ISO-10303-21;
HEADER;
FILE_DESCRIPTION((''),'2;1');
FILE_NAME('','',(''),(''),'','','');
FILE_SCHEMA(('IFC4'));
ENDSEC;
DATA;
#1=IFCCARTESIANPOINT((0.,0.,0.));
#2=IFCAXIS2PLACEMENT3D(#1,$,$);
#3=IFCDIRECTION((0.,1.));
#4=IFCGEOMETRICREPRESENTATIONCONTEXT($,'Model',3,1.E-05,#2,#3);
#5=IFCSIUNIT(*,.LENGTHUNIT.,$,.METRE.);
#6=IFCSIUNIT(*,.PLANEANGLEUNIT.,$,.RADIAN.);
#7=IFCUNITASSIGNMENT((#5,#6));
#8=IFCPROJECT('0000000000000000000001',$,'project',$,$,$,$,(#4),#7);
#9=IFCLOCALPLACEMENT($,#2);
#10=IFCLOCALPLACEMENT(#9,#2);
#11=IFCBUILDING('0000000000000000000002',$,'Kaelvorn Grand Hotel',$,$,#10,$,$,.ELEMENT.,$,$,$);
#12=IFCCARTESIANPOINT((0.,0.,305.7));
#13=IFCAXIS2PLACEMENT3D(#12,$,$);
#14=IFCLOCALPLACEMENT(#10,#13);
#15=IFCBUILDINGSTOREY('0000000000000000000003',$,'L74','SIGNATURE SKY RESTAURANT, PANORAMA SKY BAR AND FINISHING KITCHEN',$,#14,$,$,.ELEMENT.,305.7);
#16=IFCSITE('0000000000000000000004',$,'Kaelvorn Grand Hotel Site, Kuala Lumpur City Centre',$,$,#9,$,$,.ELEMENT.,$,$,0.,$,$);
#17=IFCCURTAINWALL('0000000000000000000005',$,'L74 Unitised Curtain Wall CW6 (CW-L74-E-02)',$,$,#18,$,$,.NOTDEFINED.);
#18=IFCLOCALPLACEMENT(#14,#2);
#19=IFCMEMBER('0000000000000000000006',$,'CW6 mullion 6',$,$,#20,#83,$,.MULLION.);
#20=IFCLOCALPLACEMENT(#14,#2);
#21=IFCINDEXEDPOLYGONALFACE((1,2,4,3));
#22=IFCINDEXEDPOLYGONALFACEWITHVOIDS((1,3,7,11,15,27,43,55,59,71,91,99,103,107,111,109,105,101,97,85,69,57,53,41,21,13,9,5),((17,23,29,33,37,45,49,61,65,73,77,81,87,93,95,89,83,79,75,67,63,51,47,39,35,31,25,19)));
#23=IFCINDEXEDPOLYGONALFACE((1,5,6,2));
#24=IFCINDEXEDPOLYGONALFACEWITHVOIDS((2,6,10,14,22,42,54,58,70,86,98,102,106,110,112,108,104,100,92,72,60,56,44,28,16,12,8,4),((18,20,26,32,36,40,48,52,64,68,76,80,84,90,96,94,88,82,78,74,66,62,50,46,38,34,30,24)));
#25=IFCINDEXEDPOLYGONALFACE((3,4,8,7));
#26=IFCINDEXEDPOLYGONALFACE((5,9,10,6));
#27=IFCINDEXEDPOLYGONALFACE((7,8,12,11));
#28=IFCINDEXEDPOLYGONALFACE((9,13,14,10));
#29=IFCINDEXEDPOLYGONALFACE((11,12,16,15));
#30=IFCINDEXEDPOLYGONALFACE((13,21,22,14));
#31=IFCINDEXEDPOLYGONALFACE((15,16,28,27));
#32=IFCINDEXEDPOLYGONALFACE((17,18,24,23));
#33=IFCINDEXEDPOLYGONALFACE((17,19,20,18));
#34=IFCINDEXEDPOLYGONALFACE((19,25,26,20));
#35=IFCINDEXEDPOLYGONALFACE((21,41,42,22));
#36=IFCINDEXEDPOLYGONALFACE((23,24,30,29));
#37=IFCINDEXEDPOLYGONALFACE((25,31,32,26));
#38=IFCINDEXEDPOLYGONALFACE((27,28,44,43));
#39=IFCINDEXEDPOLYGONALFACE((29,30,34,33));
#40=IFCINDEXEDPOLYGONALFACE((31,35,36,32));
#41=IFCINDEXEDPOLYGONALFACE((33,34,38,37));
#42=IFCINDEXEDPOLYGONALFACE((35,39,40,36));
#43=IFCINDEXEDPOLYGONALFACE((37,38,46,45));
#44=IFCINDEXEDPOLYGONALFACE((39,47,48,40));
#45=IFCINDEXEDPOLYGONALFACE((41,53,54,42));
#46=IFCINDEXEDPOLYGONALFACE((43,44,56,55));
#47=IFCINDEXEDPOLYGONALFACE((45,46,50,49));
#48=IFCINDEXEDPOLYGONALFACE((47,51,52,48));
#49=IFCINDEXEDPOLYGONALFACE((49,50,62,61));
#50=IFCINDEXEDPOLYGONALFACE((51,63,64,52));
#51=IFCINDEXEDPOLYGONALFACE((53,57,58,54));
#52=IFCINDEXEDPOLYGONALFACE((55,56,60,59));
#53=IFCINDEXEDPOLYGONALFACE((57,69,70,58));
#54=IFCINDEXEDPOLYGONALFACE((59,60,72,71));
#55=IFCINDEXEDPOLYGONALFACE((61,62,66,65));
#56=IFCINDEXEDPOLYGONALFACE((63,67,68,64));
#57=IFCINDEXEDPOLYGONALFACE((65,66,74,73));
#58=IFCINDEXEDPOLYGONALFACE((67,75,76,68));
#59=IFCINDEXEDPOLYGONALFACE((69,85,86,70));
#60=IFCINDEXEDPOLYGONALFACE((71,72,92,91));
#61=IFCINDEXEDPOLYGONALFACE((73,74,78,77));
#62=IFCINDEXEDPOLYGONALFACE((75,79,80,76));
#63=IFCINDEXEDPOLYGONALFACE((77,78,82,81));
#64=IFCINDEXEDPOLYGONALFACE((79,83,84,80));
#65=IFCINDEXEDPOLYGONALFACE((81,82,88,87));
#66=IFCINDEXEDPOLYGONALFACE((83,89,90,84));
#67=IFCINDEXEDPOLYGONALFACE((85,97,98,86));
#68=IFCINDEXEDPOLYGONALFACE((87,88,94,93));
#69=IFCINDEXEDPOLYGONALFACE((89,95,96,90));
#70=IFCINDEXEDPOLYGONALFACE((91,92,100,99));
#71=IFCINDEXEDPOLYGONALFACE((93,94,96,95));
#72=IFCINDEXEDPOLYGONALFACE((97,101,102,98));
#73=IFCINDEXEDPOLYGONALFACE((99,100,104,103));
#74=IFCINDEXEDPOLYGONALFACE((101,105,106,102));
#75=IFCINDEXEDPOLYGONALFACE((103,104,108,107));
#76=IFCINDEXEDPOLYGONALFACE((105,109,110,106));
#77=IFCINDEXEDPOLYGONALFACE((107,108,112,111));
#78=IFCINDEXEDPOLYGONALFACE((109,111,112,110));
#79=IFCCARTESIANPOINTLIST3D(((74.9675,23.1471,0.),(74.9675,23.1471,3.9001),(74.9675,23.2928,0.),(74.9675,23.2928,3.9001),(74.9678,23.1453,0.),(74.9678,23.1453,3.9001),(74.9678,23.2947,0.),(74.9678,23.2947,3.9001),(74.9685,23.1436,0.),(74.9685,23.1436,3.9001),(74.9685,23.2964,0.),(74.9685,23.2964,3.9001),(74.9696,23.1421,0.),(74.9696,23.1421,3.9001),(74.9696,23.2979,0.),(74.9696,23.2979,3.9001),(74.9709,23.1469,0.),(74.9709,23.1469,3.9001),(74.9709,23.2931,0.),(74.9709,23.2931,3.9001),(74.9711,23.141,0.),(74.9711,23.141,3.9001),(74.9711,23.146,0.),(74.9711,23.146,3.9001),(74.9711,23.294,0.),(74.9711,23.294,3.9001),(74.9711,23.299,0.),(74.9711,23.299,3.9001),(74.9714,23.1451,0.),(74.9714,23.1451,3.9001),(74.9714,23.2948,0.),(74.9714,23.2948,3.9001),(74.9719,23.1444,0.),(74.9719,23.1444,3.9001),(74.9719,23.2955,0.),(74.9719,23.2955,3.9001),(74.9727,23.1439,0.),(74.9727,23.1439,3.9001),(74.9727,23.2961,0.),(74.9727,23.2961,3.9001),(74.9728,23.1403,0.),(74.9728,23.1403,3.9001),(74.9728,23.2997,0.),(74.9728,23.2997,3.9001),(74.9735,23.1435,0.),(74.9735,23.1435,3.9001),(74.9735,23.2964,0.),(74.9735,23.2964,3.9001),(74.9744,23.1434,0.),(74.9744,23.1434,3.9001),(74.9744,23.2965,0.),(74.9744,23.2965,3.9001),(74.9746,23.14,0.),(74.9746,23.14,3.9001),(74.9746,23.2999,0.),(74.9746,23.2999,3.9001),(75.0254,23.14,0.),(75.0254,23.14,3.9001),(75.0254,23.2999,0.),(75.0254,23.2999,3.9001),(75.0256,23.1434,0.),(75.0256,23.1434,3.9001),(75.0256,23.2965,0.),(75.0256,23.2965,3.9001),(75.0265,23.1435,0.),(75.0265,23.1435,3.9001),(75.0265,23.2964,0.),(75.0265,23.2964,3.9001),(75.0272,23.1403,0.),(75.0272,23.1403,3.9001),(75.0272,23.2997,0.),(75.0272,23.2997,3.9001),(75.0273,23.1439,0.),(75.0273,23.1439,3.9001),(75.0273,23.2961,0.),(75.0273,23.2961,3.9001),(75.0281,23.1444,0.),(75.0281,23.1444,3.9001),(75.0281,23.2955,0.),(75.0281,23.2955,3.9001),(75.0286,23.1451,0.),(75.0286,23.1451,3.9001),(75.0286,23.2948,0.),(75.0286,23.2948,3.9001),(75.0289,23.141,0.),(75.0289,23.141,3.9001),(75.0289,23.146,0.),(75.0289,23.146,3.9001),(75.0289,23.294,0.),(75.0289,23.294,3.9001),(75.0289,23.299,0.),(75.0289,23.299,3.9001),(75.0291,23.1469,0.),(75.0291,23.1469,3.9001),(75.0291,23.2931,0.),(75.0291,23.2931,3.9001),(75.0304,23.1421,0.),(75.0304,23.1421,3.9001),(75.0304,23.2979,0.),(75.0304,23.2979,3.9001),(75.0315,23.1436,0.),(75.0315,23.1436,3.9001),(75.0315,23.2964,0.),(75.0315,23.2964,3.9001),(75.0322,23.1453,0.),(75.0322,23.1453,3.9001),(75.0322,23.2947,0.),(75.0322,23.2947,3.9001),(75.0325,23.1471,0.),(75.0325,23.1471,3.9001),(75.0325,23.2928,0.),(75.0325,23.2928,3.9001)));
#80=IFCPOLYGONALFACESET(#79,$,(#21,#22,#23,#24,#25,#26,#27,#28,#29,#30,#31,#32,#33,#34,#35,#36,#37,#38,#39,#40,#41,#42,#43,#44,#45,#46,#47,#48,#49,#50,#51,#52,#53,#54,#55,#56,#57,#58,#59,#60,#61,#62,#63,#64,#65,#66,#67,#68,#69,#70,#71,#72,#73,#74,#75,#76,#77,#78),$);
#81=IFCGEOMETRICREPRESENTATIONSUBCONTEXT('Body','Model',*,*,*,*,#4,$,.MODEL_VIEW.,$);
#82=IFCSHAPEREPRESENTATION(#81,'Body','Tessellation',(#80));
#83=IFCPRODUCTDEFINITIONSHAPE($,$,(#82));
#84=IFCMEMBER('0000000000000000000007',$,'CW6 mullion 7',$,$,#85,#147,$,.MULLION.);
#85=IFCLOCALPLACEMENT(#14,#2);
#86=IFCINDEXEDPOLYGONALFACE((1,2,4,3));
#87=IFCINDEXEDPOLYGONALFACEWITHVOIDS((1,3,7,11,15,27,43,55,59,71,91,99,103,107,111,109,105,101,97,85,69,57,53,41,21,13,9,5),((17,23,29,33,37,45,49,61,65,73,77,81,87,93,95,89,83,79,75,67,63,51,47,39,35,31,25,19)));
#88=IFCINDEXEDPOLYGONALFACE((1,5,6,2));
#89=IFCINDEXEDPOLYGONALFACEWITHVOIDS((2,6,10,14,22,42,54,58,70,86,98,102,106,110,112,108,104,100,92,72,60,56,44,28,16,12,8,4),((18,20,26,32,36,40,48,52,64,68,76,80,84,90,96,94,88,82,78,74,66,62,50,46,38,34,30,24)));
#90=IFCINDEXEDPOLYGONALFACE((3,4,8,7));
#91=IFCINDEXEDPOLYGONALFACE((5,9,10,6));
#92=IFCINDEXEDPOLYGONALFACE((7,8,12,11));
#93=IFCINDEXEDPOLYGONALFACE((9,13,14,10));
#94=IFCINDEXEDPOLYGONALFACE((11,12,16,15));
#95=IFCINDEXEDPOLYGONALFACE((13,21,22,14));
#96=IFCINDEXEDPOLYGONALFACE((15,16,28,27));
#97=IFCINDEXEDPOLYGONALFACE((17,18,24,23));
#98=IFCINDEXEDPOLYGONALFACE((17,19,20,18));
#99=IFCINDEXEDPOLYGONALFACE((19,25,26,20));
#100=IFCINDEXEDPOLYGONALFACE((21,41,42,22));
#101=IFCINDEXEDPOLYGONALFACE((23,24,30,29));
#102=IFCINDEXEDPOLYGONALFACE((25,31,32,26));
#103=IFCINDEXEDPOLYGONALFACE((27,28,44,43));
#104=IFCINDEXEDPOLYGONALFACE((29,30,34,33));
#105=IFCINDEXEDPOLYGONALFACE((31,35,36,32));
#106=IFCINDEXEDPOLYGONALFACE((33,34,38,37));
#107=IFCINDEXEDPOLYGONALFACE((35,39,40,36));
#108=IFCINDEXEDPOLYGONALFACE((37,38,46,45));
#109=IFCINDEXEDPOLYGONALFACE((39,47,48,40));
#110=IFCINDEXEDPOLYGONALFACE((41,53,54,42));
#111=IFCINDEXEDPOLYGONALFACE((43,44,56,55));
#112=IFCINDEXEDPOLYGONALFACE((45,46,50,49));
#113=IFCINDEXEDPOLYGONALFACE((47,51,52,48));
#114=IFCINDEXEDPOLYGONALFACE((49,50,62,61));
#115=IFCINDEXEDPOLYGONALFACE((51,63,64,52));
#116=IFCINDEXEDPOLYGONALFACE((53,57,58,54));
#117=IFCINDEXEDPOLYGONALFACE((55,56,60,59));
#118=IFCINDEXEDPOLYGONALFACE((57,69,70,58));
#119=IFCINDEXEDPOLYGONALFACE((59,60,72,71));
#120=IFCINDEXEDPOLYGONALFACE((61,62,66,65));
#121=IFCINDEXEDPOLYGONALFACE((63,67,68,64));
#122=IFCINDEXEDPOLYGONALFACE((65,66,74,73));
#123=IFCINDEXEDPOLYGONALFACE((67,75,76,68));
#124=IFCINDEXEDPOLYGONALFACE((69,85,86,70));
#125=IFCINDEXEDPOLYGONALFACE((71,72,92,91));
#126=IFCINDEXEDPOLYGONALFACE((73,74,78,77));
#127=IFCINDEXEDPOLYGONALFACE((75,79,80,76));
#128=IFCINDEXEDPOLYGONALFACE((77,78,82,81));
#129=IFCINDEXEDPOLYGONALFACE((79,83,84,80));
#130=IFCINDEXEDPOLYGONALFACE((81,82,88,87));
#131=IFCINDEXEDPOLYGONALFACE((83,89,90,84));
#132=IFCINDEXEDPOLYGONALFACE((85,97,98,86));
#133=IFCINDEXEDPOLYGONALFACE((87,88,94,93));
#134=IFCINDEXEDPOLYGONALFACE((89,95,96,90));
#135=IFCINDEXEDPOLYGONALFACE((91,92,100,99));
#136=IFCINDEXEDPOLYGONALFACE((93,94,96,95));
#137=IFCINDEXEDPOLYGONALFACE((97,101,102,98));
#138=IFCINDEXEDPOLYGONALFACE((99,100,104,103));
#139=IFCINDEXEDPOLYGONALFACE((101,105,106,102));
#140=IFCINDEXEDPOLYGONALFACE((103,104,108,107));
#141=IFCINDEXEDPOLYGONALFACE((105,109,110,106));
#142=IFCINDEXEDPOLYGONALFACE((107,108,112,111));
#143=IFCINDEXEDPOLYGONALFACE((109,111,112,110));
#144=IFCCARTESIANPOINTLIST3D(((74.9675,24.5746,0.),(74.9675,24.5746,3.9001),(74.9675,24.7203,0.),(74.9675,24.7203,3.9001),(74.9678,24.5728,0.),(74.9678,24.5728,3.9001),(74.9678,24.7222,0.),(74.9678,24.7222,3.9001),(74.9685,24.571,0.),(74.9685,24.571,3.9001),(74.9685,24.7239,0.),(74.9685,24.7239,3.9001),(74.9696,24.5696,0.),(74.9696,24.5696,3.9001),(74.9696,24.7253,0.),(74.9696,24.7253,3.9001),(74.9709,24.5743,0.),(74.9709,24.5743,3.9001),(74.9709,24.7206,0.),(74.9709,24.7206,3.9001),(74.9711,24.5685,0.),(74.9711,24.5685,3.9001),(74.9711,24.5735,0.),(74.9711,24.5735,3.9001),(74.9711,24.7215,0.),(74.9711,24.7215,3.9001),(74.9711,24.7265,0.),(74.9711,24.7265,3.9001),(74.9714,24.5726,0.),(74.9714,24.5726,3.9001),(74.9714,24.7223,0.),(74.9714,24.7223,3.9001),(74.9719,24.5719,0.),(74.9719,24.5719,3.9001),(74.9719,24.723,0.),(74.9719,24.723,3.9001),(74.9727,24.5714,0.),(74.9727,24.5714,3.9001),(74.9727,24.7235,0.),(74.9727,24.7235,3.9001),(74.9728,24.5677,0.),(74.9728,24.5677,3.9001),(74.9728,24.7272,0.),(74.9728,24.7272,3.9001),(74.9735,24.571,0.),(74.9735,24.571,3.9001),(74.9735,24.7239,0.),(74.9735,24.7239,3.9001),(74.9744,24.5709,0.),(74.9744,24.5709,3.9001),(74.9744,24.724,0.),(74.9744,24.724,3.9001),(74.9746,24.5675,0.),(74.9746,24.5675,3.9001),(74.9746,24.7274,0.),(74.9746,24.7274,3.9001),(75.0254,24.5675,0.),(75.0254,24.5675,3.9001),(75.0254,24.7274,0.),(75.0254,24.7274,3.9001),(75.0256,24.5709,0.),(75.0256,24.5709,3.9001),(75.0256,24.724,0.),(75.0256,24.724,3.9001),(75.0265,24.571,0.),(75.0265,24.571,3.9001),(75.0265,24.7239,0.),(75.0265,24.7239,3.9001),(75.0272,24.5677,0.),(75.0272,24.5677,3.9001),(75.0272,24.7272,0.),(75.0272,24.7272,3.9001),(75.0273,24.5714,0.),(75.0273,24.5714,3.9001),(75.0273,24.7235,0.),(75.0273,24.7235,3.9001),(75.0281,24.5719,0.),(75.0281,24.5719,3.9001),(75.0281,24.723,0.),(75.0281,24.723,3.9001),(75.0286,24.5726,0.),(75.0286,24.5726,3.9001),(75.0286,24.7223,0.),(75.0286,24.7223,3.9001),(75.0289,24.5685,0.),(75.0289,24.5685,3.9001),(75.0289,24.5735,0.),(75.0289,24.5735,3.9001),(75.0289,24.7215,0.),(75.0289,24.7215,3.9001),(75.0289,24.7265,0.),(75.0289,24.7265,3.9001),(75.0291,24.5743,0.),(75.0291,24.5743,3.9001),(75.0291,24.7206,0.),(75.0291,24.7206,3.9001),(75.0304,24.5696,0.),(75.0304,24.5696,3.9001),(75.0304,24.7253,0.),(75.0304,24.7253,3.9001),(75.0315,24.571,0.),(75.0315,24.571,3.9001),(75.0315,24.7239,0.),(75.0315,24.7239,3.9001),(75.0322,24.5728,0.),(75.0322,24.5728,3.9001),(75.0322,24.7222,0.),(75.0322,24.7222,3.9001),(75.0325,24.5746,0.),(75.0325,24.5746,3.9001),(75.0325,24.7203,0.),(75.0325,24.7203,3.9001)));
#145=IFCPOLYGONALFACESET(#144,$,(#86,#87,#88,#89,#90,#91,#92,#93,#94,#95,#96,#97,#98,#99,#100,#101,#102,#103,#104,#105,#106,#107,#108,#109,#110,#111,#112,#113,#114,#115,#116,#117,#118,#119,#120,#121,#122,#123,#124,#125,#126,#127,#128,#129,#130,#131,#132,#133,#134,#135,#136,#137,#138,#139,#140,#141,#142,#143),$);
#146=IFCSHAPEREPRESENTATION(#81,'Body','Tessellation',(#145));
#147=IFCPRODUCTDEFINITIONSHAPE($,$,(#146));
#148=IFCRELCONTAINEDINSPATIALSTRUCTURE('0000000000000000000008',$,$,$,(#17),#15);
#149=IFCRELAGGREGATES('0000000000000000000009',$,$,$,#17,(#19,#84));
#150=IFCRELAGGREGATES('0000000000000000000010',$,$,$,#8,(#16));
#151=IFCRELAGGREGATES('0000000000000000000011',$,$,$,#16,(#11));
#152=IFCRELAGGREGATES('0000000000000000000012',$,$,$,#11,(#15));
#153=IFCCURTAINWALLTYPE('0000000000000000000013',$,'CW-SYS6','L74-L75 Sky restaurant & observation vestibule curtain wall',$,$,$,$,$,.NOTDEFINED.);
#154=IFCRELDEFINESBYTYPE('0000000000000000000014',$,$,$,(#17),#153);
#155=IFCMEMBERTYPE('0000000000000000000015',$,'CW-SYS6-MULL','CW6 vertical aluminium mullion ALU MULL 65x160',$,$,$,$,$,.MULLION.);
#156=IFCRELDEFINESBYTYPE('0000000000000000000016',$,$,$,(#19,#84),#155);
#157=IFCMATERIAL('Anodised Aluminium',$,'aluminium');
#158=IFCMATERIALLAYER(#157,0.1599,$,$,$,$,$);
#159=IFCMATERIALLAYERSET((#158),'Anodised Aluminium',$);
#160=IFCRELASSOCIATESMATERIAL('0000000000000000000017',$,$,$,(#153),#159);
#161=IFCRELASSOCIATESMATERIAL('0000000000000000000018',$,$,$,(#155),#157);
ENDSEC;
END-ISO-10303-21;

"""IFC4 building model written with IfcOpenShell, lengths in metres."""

from ifc_helpers import new_model, si_unit, direction, frame, origin, origin_2d, place, context, subcontext, project, spatial, hollow_rectangle, extrude, material, layer, layer_set, material_profile, profile_set, type_object, element, aggregate, save


model = new_model("IFC4")

# Units and contexts
model_context = context("Model", 3, precision=1e-05, world=origin(), true_north=direction((0.0, 1.0)))
body_context = subcontext(model_context, "Body", "Model", "MODEL_VIEW")
ifc_project = project(units=[si_unit("LENGTHUNIT", "METRE"), si_unit("PLANEANGLEUNIT", "RADIAN")], contexts=[model_context])

# Site, building, storey
site_placement = place(None, origin())
site = spatial("IfcSite", under=ifc_project, at=site_placement, Name="Kaelvorn Grand Hotel Site, Kuala Lumpur City Centre", CompositionType="ELEMENT", RefElevation=0.0)
building_placement = place(site_placement, origin())
building = spatial("IfcBuilding", under=site, at=building_placement, Name="Kaelvorn Grand Hotel", CompositionType="ELEMENT")
storey_placement = place(building_placement, frame((0.0, 0.0, 305.7)))
storey = spatial("IfcBuildingStorey", under=building, at=storey_placement, Name="L74", Description="SIGNATURE SKY RESTAURANT, PANORAMA SKY BAR AND FINISHING KITCHEN", CompositionType="ELEMENT", Elevation=305.7)

# Curtain wall, members
ifc_material_1 = material(Name="Anodised Aluminium", Category="aluminium")
ifc_layer_1 = layer(ifc_material_1, 0.1599)
ifc_layer_set_1 = layer_set([ifc_layer_1], Name="Anodised Aluminium")
curtain_wall_type = type_object("IfcCurtainWallType", Name="CW-SYS6", Description="L74-L75 Sky restaurant & observation vestibule curtain wall", PredefinedType="NOTDEFINED", material=ifc_layer_set_1)
curtain_wall_1_placement = place(storey_placement, origin())
curtain_wall_1 = element("IfcCurtainWall", 1, at=curtain_wall_1_placement, inside=storey, type_object=curtain_wall_type, Name="L74 Unitised Curtain Wall CW6 (CW-L74-E-02)", PredefinedType="NOTDEFINED")
ifc_material_profile_1 = material_profile(ifc_material_1, hollow_rectangle(XDim=0.0649, YDim=0.1599, WallThickness=0.0034, InnerFilletRadius=0.0034, OuterFilletRadius=0.0071, at=origin_2d()), Name="ALU MULL 65x160")
ifc_profile_set_1 = profile_set([ifc_material_profile_1], Name="Anodised Aluminium")
member_type_1 = type_object("IfcMemberType", Name="CW-SYS6-MULL", Description="CW6 vertical aluminium mullion ALU MULL 65x160", PredefinedType="MULLION", material=ifc_profile_set_1)
member_1_placement = place(storey_placement, frame((75.0, 23.22, 0.0), z_axis=(0.0, 0.0, 1.0), x_axis=(-1.0, 0.0, 0.0)))
member_1 = element("IfcMember", 2, at=member_1_placement, type_object=member_type_1, Name="CW6 mullion 6", PredefinedType="MULLION", context=body_context, shape_type="SweptSolid", body=[
    extrude(hollow_rectangle(XDim=0.0649, YDim=0.1599, WallThickness=0.0034, InnerFilletRadius=0.0034, OuterFilletRadius=0.0071, at=origin_2d()), origin(), (0.0, 0.0, 1.0), 3.9001),
])
member_2_placement = place(storey_placement, frame((75.0, 24.6475, 0.0), z_axis=(0.0, 0.0, 1.0), x_axis=(-1.0, 0.0, 0.0)))
member_2 = element("IfcMember", 3, at=member_2_placement, type_object=member_type_1, Name="CW6 mullion 7", PredefinedType="MULLION", context=body_context, shape_type="SweptSolid", body=[
    extrude(hollow_rectangle(XDim=0.0649, YDim=0.1599, WallThickness=0.0034, InnerFilletRadius=0.0034, OuterFilletRadius=0.0071, at=origin_2d()), origin(), (0.0, 0.0, 1.0), 3.9001),
])

aggregate(curtain_wall_1, [member_1, member_2])

save(model, "model.ifc")
